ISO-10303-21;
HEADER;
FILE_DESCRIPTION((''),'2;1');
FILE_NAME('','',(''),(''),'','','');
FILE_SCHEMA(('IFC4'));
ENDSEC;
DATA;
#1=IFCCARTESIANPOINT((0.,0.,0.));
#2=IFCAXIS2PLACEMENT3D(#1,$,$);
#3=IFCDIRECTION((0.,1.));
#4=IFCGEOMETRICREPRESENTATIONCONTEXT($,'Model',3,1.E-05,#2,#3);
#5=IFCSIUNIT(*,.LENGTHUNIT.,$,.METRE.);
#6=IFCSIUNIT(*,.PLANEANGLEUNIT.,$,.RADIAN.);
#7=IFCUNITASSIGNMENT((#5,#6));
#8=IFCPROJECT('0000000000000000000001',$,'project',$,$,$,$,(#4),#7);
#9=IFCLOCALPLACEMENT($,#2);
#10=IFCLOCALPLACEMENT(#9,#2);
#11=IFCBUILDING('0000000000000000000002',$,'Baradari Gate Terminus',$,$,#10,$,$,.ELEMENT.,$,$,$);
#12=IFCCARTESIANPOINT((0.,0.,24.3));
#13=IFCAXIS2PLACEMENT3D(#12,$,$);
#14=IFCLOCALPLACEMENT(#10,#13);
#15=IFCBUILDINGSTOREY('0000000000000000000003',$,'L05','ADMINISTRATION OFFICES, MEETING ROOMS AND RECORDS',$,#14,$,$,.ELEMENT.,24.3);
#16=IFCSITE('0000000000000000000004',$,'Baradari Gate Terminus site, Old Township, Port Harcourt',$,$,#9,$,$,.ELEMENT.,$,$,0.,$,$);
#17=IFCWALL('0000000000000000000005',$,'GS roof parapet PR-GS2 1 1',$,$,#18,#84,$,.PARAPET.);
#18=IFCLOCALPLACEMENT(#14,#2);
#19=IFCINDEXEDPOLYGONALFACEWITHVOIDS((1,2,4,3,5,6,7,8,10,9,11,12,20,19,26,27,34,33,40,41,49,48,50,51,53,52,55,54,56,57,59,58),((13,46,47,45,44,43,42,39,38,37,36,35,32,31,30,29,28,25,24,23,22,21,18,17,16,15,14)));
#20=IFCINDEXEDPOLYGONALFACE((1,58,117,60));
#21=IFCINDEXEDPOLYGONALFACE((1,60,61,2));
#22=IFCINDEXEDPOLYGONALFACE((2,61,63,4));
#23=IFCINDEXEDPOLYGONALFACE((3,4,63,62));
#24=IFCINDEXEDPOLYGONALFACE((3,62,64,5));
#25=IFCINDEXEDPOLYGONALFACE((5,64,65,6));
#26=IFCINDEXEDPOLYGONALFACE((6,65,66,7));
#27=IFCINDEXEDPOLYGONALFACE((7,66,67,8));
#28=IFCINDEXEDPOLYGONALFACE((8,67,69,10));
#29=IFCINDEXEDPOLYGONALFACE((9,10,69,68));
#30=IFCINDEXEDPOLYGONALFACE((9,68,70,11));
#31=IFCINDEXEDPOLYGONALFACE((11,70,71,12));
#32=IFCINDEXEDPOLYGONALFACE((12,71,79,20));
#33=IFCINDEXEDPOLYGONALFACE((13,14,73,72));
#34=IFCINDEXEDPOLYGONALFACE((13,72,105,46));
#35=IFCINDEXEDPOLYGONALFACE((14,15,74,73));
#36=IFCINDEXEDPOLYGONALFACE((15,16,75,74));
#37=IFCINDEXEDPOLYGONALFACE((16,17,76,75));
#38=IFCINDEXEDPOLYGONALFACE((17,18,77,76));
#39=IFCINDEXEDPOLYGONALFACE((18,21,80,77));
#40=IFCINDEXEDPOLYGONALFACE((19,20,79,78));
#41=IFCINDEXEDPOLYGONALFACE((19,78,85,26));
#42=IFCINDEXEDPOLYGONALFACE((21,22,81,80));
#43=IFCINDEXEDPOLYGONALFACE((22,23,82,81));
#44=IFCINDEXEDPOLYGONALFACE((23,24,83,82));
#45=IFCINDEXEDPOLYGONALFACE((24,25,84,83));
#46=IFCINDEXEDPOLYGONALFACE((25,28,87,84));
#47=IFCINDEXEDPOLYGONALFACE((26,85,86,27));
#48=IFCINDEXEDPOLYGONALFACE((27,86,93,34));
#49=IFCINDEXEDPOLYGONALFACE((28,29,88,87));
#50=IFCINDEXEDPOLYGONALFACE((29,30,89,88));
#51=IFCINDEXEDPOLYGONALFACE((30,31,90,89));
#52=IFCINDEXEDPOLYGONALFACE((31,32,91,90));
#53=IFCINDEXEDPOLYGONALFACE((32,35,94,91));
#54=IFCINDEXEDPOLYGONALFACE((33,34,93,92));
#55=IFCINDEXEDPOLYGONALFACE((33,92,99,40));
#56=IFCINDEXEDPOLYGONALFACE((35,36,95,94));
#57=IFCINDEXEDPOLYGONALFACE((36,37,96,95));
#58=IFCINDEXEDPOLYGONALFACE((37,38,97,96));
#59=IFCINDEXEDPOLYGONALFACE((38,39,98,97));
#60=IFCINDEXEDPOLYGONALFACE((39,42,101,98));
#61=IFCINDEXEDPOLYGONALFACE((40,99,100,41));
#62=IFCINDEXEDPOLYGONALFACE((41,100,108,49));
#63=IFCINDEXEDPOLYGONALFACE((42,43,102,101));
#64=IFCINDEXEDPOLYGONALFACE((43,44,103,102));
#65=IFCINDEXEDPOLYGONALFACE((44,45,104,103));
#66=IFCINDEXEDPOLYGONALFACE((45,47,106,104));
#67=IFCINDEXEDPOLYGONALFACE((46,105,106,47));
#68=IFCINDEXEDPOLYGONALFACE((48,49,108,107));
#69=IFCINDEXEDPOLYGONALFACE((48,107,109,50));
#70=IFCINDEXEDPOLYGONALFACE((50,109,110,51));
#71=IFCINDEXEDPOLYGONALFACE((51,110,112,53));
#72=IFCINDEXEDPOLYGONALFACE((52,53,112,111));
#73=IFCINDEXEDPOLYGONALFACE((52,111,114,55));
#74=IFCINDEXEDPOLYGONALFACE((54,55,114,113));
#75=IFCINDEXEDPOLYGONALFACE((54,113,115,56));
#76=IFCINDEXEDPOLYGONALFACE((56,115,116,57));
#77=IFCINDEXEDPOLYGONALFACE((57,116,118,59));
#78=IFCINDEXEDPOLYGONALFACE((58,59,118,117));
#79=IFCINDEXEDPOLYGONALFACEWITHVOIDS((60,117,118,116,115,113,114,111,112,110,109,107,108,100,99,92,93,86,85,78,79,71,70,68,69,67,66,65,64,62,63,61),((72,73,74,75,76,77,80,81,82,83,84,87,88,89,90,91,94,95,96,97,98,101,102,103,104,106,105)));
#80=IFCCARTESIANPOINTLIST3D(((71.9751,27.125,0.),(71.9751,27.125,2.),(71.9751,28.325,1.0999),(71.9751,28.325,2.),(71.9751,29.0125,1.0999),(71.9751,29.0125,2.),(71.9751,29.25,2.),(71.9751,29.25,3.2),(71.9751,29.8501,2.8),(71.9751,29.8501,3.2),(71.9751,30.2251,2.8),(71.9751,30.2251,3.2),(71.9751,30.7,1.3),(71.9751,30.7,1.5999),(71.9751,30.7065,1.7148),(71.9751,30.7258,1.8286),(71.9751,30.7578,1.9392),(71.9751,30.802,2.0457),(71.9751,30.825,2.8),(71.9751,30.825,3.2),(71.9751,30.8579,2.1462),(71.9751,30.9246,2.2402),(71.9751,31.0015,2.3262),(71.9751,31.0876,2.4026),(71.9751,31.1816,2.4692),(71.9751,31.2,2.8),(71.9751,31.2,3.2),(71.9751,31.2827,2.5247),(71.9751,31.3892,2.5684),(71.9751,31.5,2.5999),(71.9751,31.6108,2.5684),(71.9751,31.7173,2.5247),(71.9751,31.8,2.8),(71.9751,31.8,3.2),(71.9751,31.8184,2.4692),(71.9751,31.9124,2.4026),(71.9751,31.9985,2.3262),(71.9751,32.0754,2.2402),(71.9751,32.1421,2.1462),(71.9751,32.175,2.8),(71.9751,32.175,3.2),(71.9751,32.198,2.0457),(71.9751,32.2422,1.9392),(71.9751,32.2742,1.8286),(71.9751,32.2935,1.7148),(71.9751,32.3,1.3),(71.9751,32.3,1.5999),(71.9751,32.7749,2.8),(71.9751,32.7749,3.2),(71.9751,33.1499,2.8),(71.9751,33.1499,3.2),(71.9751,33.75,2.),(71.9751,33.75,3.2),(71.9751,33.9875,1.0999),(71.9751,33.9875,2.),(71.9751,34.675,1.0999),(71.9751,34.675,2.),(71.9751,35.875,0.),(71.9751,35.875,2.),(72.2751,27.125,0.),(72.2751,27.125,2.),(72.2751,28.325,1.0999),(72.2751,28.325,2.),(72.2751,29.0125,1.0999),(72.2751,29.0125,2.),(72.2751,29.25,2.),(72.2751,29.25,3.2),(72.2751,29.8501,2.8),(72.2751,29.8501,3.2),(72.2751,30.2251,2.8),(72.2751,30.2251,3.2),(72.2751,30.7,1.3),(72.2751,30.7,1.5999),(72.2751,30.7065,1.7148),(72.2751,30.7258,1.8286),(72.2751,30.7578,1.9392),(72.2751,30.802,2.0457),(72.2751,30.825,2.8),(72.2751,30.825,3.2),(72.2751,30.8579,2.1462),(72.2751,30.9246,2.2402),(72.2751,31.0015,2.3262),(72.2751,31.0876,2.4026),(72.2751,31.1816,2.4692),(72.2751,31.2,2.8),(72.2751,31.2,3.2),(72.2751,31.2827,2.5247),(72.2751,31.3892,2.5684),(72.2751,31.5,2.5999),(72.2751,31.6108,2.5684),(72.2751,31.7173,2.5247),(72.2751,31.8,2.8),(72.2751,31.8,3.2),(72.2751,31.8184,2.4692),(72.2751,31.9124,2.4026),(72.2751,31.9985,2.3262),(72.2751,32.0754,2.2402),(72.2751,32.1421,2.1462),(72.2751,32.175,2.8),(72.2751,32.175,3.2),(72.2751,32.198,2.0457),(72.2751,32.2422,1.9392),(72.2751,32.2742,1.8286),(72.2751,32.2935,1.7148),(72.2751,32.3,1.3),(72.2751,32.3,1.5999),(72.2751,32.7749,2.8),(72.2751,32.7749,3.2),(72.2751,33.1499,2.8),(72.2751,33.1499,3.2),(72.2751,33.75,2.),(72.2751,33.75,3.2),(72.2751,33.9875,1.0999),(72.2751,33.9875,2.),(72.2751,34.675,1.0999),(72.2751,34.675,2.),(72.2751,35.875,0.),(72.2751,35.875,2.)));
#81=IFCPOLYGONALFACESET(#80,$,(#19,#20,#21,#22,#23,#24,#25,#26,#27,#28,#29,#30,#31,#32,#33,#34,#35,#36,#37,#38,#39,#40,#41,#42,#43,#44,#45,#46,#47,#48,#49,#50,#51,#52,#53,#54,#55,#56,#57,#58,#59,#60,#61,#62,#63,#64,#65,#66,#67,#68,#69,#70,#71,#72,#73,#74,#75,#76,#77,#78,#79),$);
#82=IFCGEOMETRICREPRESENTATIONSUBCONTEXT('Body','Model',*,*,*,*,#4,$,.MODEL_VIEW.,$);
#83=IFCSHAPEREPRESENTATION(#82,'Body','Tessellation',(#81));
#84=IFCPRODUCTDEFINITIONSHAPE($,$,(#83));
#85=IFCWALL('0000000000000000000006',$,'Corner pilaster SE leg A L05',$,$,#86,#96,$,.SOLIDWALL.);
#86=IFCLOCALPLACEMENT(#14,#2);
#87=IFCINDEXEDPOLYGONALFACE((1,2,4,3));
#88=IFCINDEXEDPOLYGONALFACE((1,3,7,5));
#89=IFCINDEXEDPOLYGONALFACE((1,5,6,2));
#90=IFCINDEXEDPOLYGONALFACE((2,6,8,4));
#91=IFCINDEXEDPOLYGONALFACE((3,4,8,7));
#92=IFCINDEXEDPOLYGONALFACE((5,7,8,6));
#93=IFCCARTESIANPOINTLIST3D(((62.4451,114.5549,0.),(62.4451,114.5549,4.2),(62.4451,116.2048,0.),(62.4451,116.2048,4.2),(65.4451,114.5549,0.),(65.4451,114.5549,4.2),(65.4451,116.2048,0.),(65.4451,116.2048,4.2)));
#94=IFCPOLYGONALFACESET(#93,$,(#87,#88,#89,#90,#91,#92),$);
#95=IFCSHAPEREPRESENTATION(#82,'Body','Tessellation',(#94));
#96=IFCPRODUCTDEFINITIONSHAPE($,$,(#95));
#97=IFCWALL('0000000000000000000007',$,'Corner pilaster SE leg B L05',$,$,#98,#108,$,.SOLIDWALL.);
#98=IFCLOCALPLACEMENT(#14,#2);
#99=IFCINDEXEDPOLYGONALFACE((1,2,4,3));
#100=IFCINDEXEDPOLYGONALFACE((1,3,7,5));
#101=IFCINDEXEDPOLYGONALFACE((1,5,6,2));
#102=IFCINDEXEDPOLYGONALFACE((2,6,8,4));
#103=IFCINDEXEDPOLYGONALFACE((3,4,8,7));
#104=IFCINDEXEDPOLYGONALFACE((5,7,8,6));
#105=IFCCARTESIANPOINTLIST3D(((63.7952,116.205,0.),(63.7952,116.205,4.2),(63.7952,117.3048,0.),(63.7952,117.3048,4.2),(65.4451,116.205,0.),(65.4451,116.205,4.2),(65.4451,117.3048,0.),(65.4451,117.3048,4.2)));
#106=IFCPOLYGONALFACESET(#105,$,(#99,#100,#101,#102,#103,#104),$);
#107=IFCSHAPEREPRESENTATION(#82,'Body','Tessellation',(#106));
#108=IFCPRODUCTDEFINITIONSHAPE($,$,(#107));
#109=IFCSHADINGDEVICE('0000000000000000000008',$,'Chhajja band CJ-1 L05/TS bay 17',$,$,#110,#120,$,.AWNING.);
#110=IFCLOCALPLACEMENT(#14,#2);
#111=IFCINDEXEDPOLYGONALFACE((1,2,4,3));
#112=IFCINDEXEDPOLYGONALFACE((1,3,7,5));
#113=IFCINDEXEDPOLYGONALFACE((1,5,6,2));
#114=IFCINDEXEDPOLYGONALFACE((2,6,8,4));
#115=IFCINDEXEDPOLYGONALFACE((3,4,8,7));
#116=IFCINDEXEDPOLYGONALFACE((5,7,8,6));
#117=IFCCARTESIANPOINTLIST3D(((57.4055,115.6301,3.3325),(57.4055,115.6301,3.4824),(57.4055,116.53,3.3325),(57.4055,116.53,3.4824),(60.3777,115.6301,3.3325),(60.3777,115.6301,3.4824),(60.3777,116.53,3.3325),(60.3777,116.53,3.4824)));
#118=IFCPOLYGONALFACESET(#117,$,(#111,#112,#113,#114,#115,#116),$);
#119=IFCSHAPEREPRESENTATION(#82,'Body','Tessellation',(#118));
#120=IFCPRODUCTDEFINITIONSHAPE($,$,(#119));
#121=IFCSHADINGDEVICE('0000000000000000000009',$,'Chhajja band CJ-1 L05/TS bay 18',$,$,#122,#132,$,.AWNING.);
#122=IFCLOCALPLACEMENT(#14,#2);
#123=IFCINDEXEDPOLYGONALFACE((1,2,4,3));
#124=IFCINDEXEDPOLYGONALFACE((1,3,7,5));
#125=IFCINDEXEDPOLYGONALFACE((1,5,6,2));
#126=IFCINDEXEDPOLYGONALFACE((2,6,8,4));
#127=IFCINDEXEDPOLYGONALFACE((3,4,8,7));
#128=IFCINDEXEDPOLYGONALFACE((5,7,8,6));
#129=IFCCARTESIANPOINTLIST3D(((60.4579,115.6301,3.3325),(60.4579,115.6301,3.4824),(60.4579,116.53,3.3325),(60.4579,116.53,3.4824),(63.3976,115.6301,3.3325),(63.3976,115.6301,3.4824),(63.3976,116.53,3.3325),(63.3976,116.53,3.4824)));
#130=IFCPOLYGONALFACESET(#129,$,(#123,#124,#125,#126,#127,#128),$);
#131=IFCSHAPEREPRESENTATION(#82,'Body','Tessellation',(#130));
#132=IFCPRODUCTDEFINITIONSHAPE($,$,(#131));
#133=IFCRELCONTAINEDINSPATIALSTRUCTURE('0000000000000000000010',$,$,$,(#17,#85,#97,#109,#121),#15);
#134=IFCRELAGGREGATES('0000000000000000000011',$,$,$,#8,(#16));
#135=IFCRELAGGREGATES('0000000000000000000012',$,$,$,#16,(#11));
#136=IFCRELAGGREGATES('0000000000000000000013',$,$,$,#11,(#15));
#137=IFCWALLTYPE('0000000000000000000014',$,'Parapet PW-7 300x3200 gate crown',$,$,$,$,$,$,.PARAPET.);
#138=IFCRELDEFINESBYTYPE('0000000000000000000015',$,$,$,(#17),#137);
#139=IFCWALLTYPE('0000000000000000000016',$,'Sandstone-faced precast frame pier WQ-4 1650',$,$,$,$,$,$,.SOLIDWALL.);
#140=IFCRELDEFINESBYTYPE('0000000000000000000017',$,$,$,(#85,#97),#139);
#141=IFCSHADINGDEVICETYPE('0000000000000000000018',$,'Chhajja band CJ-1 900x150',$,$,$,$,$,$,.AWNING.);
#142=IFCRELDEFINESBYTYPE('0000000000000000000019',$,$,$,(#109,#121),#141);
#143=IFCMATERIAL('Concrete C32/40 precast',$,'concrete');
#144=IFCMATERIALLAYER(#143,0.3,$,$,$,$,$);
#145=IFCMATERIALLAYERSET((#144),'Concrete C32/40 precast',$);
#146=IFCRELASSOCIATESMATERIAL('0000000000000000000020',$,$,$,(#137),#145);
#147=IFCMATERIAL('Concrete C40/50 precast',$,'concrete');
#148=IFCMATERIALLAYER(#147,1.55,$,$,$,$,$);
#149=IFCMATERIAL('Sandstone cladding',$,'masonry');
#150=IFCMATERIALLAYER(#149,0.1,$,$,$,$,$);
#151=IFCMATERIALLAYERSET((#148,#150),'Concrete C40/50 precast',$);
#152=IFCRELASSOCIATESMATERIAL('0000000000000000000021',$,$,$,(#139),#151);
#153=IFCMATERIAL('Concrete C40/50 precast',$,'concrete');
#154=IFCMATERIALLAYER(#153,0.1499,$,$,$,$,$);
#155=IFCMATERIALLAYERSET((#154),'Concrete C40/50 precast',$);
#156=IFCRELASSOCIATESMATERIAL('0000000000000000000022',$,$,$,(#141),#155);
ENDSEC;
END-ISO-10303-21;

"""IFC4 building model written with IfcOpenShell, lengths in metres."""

from ifc_helpers import new_model, si_unit, direction, frame, frame_2d, origin, origin_2d, place, context, subcontext, project, spatial, polyline, rectangle, outline, extrude, material, layer, layer_set, type_object, element, save


model = new_model("IFC4")

# Units and contexts
model_context = context("Model", 3, precision=1e-05, world=origin(), true_north=direction((0.0, 1.0)))
body_context = subcontext(model_context, "Body", "Model", "MODEL_VIEW")
ifc_project = project(units=[si_unit("LENGTHUNIT", "METRE"), si_unit("PLANEANGLEUNIT", "RADIAN")], contexts=[model_context])

# Site, building, storey
site_placement = place(None, origin())
site = spatial("IfcSite", under=ifc_project, at=site_placement, Name="Baradari Gate Terminus site, Old Township, Port Harcourt", CompositionType="ELEMENT", RefElevation=0.0)
building_placement = place(site_placement, origin())
building = spatial("IfcBuilding", under=site, at=building_placement, Name="Baradari Gate Terminus", CompositionType="ELEMENT")
storey_placement = place(building_placement, frame((0.0, 0.0, 24.3)))
storey = spatial("IfcBuildingStorey", under=building, at=storey_placement, Name="L05", Description="ADMINISTRATION OFFICES, MEETING ROOMS AND RECORDS", CompositionType="ELEMENT", Elevation=24.3)

# Walls
ifc_material_1 = material(Name="Concrete C32/40 precast", Category="concrete")
ifc_layer_1 = layer(ifc_material_1, 0.3)
ifc_layer_set_1 = layer_set([ifc_layer_1], Name="Concrete C32/40 precast")
wall_type_1 = type_object("IfcWallType", Name="Parapet PW-7 300x3200 gate crown", PredefinedType="PARAPET", material=ifc_layer_set_1)
wall_1_placement = place(storey_placement, frame((72.125, 27.125, 0.0), z_axis=(0.0, 0.0, 1.0), x_axis=(0.0, 1.0, 0.0)))
element("IfcWall", 1, at=wall_1_placement, inside=storey, type_object=wall_type_1, Name="GS roof parapet PR-GS2 1 1", PredefinedType="PARAPET", context=body_context, shape_type="SweptSolid", body=[
    extrude(outline(polyline([(1.8875, 2.0), (1.8875, 1.0999), (1.2, 1.0999), (1.2, 2.0), (0.0, 2.0), (0.0, 0.0), (8.75, 0.0), (8.75, 2.0), (7.55, 2.0), (7.55, 1.0999), (6.8625, 1.0999), (6.8625, 2.0), (6.625, 2.0), (6.625, 3.2), (6.0249, 3.2), (6.0249, 2.8), (5.6499, 2.8), (5.6499, 3.2), (5.05, 3.2), (5.05, 2.8), (4.675, 2.8), (4.675, 3.2), (4.075, 3.2), (4.075, 2.8), (3.7, 2.8), (3.7, 3.2), (3.1001, 3.2), (3.1001, 2.8), (2.7251, 2.8), (2.7251, 3.2), (2.125, 3.2), (2.125, 2.0), (1.8875, 2.0)]), holes=[polyline([(3.575, 1.3), (3.575, 1.5999), (3.5815, 1.7148), (3.6008, 1.8286), (3.6328, 1.9392), (3.677, 2.0457), (3.7329, 2.1462), (3.7996, 2.2402), (3.8765, 2.3262), (3.9626, 2.4026), (4.0566, 2.4692), (4.1577, 2.5247), (4.2642, 2.5684), (4.375, 2.5999), (4.4858, 2.5684), (4.5923, 2.5247), (4.6934, 2.4692), (4.7874, 2.4026), (4.8735, 2.3262), (4.9504, 2.2402), (5.0171, 2.1462), (5.073, 2.0457), (5.1172, 1.9392), (5.1492, 1.8286), (5.1685, 1.7148), (5.175, 1.5999), (5.175, 1.3), (3.575, 1.3)])]), frame((0.0, 0.1499, 0.0), z_axis=(0.0, -1.0, 0.0), x_axis=(1.0, 0.0, 0.0)), (0.0, 0.0, 1.0), 0.3),
])
ifc_material_2 = material(Name="Concrete C40/50 precast", Category="concrete")
ifc_layer_2 = layer(ifc_material_2, 1.55)
ifc_material_3 = material(Name="Sandstone cladding", Category="masonry")
ifc_layer_3 = layer(ifc_material_3, 0.1)
ifc_layer_set_2 = layer_set([ifc_layer_2, ifc_layer_3], Name="Concrete C40/50 precast")
wall_type_2 = type_object("IfcWallType", Name="Sandstone-faced precast frame pier WQ-4 1650", PredefinedType="SOLIDWALL", material=ifc_layer_set_2)
wall_2_placement = place(storey_placement, frame((62.4451, 115.3799, 0.0), z_axis=(0.0, 0.0, 1.0), x_axis=(1.0, 0.0, 0.0)))
element("IfcWall", 2, at=wall_2_placement, inside=storey, type_object=wall_type_2, Name="Corner pilaster SE leg A L05", PredefinedType="SOLIDWALL", context=body_context, shape_type="SweptSolid", body=[
    extrude(rectangle(XDim=3.0, YDim=1.6499, at=frame_2d((1.5, 0.0))), origin(), (0.0, 0.0, 1.0), 4.2),
])
wall_3_placement = place(storey_placement, frame((64.6201, 116.2051, 0.0), z_axis=(0.0, 0.0, 1.0), x_axis=(0.0, 1.0, 0.0)))
element("IfcWall", 3, at=wall_3_placement, inside=storey, type_object=wall_type_2, Name="Corner pilaster SE leg B L05", PredefinedType="SOLIDWALL", context=body_context, shape_type="SweptSolid", body=[
    extrude(rectangle(XDim=1.0999, YDim=1.6499, at=frame_2d((0.5498, 0.0))), origin(), (0.0, 0.0, 1.0), 4.2),
])

# Shading devices
ifc_material_4 = material(Name="Concrete C40/50 precast", Category="concrete")
ifc_layer_4 = layer(ifc_material_4, 0.1499)
ifc_layer_set_3 = layer_set([ifc_layer_4], Name="Concrete C40/50 precast")
shading_device_type_1 = type_object("IfcShadingDeviceType", Name="Chhajja band CJ-1 900x150", PredefinedType="AWNING", material=ifc_layer_set_3)
shading_device_1_placement = place(storey_placement, frame((58.8916, 116.0801, 3.3325), z_axis=(0.0, 0.0, 1.0), x_axis=(1.0, 0.0, 0.0)))
element("IfcShadingDevice", 4, at=shading_device_1_placement, inside=storey, type_object=shading_device_type_1, Name="Chhajja band CJ-1 L05/TS bay 17", PredefinedType="AWNING", context=body_context, shape_type="SweptSolid", body=[
    extrude(rectangle(XDim=2.9722, YDim=0.8999, at=origin_2d()), origin(), (0.0, 0.0, 1.0), 0.1499),
])
shading_device_2_placement = place(storey_placement, frame((61.9277, 116.0801, 3.3325), z_axis=(0.0, 0.0, 1.0), x_axis=(1.0, 0.0, 0.0)))
element("IfcShadingDevice", 5, at=shading_device_2_placement, inside=storey, type_object=shading_device_type_1, Name="Chhajja band CJ-1 L05/TS bay 18", PredefinedType="AWNING", context=body_context, shape_type="SweptSolid", body=[
    extrude(rectangle(XDim=2.9397, YDim=0.8999, at=origin_2d()), origin(), (0.0, 0.0, 1.0), 0.1499),
])

save(model, "model.ifc")
